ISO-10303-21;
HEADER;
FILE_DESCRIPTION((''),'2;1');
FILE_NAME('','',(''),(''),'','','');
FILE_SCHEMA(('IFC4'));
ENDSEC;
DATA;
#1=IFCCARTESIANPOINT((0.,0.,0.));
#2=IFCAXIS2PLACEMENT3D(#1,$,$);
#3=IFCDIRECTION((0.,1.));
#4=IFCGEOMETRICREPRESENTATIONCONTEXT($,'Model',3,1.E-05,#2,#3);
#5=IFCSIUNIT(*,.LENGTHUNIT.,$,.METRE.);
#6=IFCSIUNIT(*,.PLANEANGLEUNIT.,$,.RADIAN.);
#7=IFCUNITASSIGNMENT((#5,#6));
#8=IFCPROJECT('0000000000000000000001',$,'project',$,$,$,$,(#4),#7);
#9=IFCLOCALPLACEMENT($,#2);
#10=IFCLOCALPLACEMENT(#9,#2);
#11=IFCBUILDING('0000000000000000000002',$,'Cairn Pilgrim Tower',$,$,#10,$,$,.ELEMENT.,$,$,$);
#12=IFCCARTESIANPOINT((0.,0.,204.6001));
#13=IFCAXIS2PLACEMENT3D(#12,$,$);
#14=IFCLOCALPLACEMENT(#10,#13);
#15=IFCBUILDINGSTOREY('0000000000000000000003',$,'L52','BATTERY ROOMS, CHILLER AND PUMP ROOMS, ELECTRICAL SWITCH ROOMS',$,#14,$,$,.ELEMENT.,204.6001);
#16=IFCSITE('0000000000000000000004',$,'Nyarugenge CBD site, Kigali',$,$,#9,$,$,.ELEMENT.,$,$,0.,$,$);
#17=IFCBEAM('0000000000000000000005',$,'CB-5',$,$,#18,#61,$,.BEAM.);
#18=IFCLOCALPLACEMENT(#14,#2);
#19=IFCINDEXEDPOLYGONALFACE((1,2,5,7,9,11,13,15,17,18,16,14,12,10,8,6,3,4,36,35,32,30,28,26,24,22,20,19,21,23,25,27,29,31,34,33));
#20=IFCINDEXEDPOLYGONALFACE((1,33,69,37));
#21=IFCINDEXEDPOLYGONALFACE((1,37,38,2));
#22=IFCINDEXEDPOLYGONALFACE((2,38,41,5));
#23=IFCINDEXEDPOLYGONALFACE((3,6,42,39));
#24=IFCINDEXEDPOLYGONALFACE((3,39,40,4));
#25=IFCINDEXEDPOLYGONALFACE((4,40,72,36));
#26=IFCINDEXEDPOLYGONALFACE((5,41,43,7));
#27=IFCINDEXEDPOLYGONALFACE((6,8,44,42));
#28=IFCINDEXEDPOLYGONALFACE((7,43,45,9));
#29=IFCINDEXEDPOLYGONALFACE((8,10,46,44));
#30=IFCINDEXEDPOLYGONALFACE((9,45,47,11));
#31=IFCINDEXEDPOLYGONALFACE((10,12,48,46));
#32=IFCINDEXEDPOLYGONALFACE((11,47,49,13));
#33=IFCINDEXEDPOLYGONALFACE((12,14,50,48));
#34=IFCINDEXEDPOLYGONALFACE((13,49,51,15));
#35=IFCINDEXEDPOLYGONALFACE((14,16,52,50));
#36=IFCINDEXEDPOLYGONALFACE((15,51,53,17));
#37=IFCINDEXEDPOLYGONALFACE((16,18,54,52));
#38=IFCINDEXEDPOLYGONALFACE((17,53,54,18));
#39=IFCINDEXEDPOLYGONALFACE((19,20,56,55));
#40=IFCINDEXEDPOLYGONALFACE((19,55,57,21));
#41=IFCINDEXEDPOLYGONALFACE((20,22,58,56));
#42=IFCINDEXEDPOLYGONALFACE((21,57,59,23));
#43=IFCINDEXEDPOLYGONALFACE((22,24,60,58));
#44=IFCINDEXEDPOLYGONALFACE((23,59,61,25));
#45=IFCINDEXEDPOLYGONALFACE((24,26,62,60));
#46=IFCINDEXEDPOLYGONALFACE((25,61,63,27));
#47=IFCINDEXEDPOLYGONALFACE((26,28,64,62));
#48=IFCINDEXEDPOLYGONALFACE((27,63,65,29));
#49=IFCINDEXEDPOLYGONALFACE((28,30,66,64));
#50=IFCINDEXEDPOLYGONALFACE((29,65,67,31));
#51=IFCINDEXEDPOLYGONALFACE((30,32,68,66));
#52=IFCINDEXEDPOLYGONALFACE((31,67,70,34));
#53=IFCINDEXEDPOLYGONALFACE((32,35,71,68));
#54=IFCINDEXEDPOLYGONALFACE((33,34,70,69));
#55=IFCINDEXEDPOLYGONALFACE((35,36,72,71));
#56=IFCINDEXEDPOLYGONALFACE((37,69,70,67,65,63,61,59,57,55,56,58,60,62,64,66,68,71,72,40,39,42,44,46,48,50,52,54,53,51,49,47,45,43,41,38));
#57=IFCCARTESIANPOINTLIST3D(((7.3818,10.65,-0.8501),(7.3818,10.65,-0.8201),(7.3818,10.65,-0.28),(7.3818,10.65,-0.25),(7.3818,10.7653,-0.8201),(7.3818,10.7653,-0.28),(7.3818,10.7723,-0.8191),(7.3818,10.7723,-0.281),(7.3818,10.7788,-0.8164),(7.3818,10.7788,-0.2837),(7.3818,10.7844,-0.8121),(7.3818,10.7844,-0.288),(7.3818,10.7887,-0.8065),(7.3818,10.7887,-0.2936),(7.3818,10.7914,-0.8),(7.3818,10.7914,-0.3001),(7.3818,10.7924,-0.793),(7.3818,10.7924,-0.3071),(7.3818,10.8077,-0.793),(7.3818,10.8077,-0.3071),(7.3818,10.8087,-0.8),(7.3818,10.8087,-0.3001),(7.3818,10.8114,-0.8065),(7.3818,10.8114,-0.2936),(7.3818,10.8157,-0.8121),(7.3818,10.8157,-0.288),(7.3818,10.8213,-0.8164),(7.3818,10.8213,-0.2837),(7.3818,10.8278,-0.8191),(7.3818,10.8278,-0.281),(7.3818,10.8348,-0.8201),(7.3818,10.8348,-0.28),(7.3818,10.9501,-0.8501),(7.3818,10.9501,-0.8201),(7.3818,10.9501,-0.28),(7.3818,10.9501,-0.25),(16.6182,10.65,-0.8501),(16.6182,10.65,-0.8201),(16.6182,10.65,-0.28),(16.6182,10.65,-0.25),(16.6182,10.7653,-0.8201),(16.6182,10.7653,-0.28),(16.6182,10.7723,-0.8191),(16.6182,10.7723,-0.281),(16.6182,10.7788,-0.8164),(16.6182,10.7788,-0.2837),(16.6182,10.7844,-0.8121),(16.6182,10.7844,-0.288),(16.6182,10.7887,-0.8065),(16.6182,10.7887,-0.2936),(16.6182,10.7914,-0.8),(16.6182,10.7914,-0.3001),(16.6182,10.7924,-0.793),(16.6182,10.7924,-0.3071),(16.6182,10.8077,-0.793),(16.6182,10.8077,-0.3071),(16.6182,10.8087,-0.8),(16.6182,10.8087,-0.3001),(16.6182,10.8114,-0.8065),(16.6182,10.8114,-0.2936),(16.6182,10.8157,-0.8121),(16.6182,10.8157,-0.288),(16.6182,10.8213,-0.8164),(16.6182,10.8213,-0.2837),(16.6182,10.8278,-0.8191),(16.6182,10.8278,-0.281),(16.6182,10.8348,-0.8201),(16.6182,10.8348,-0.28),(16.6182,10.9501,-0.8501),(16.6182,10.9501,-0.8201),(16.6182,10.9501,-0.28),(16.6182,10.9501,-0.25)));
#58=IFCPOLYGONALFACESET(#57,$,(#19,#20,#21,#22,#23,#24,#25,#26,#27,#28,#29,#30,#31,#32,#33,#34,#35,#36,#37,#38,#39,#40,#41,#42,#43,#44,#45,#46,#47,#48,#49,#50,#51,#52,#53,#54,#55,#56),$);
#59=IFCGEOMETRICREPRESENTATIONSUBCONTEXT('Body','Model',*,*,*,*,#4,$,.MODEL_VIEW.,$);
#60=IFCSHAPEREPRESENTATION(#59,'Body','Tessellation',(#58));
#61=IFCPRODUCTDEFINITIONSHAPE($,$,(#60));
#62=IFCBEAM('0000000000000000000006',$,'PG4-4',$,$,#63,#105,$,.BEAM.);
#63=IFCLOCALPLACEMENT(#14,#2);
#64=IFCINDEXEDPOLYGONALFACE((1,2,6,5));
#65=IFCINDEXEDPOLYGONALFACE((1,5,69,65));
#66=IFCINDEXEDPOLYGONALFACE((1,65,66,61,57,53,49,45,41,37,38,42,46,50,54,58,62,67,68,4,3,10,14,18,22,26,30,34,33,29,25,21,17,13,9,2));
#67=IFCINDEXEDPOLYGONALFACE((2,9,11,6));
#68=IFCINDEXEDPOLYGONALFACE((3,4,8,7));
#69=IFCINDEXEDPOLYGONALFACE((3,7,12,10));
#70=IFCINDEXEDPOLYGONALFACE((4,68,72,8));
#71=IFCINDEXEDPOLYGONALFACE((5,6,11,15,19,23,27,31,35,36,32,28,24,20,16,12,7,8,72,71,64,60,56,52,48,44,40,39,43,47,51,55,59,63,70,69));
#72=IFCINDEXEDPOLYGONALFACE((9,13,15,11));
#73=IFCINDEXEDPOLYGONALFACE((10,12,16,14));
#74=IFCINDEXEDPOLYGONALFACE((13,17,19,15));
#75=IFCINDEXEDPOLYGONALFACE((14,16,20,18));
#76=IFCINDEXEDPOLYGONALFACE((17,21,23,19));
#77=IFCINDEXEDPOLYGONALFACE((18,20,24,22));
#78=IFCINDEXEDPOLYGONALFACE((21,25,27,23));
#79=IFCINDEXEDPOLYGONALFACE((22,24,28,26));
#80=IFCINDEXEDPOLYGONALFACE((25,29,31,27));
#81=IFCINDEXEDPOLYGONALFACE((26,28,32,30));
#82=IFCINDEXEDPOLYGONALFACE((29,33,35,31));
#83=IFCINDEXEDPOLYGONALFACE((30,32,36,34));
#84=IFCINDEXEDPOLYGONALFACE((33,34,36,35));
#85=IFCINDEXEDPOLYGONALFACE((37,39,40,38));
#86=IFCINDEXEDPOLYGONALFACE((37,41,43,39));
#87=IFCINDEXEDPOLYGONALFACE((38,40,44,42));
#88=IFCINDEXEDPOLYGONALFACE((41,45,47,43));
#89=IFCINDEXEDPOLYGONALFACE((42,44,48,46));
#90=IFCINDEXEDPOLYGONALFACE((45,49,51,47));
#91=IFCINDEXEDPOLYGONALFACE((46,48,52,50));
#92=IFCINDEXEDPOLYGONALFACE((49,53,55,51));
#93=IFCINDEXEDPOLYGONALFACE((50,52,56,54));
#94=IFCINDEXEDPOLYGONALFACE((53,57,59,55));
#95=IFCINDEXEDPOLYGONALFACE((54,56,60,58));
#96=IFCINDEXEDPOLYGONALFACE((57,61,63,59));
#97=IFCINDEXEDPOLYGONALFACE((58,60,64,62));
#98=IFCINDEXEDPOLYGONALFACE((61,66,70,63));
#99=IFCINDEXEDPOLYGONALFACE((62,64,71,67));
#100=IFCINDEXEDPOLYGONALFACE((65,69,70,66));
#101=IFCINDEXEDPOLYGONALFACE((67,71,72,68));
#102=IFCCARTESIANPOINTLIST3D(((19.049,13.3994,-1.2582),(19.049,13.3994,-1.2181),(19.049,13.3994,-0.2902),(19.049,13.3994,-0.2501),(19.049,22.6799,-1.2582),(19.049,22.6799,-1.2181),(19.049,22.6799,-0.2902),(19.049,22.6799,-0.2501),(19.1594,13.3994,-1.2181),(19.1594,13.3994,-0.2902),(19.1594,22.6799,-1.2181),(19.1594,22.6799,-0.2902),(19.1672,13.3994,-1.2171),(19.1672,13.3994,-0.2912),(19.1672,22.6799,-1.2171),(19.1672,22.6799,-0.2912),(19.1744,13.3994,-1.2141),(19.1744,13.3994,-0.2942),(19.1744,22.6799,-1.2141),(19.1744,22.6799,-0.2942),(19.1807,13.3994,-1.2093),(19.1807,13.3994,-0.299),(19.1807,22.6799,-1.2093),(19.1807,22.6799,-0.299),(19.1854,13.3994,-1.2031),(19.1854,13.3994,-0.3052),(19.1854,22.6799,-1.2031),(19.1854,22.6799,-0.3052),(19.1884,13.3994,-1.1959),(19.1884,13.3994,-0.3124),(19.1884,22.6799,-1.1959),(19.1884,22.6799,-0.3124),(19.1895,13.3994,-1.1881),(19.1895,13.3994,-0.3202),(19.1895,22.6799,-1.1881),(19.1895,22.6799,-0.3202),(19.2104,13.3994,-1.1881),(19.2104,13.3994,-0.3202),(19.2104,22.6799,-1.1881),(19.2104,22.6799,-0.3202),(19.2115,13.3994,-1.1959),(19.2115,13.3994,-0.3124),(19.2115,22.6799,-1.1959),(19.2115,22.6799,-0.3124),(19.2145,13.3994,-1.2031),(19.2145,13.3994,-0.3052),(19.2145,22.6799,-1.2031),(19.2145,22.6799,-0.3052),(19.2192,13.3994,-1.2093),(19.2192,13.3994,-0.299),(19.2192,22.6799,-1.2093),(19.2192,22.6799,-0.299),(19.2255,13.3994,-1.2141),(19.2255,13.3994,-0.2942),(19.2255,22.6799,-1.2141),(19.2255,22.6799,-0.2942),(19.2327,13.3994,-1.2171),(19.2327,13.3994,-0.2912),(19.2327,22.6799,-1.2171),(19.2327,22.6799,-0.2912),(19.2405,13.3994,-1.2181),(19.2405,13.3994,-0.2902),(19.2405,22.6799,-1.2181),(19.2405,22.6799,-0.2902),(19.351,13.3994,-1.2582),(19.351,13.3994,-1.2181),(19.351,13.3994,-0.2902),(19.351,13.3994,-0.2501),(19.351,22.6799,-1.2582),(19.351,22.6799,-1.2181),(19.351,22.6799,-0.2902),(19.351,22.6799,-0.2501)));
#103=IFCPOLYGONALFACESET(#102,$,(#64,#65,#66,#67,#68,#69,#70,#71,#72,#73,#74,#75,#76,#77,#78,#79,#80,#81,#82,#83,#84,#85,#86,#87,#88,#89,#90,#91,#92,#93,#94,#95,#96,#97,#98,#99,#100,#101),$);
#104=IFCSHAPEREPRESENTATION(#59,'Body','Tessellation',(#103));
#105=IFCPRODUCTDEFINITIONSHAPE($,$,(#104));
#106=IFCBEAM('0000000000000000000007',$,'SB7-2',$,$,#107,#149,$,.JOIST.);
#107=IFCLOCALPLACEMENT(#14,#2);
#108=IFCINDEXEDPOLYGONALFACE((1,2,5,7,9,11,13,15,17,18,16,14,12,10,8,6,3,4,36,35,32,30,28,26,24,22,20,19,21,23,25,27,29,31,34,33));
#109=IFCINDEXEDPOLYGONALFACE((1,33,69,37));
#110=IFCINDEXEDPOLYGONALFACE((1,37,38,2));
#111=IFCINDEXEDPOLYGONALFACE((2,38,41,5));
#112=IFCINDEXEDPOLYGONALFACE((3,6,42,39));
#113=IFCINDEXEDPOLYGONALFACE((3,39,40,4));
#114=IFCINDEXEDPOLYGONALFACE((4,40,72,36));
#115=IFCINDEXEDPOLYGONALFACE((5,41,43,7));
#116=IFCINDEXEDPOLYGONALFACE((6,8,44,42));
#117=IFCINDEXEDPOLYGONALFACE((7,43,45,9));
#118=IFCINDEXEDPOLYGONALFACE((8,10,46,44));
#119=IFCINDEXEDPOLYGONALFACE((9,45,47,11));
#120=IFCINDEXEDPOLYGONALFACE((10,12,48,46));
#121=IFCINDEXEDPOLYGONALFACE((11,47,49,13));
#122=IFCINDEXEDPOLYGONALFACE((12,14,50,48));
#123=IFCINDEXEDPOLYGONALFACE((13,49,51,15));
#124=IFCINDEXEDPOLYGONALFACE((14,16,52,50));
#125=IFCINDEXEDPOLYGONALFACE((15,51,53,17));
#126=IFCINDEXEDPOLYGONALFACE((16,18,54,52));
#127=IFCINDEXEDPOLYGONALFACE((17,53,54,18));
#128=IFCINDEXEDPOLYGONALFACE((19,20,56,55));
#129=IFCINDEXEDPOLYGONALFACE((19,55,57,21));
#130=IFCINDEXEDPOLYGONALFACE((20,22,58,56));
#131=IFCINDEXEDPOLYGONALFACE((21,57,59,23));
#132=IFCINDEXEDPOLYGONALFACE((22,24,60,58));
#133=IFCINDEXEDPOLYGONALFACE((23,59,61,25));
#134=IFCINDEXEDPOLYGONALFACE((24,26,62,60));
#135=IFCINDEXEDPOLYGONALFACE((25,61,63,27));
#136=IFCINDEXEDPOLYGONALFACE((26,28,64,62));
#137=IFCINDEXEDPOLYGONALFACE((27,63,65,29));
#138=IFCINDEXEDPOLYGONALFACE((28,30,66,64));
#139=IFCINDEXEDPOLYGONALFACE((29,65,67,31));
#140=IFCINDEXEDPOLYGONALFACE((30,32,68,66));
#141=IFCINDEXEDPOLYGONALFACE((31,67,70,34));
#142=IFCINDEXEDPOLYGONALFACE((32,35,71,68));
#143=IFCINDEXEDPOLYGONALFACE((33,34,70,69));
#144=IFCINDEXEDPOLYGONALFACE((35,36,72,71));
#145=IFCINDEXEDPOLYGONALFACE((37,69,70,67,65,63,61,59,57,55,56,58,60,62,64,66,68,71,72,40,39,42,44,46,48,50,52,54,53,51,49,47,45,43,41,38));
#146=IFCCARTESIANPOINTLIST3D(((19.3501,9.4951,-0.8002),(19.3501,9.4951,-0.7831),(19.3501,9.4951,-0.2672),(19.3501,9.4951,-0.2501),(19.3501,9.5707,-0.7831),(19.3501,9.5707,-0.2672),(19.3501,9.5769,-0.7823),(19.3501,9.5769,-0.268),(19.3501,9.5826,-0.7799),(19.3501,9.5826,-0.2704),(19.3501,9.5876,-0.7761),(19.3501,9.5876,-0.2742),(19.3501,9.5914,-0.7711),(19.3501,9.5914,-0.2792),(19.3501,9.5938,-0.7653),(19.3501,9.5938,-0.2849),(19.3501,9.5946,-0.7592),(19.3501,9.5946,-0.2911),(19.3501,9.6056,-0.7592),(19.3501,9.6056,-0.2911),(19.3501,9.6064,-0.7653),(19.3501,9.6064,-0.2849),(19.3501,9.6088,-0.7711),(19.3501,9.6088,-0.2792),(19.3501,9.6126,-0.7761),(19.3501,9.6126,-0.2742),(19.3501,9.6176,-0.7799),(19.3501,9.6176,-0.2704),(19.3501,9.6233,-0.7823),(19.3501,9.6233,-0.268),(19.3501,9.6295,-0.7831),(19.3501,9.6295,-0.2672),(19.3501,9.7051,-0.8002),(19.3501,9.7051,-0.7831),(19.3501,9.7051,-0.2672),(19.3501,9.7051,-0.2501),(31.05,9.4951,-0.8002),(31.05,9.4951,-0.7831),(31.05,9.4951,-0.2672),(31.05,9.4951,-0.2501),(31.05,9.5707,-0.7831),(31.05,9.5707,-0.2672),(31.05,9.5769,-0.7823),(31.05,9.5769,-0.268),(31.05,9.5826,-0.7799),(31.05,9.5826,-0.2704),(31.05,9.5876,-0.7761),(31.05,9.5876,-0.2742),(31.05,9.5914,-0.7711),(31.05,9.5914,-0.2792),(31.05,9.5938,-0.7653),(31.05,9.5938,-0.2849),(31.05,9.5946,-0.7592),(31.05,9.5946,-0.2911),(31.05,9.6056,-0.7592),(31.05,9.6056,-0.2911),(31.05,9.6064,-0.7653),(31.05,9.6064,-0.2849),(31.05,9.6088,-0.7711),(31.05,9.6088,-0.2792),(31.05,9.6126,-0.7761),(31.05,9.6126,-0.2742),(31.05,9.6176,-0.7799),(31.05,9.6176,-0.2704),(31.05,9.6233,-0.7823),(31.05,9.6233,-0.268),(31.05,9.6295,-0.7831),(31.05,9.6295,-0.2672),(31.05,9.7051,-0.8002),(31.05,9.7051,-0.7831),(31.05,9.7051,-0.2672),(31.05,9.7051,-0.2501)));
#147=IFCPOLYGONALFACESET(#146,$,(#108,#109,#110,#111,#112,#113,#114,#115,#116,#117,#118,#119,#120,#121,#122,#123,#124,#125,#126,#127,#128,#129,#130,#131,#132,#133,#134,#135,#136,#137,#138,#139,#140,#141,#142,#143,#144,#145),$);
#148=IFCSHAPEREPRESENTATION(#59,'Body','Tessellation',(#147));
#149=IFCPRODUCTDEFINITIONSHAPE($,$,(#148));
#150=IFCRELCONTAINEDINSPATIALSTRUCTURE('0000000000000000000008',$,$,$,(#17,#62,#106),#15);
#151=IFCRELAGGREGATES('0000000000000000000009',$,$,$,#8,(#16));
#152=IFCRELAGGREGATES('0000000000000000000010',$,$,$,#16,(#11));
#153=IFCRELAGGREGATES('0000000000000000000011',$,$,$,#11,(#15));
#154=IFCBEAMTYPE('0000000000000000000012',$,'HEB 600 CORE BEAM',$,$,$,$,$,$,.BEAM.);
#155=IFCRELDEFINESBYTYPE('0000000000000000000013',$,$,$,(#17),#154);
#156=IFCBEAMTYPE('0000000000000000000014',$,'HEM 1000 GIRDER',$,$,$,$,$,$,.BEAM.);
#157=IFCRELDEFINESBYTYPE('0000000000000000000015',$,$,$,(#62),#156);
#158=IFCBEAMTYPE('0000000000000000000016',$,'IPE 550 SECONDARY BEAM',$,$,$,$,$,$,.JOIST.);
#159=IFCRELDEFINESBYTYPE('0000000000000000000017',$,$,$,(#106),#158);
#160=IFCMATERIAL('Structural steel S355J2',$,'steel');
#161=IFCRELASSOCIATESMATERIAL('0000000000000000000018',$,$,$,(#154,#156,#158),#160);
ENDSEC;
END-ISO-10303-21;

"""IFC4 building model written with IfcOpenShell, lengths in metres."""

from ifc_helpers import new_model, si_unit, direction, frame, origin, origin_2d, place, context, subcontext, project, spatial, i_section, extrude, material, material_profile, profile_set, type_object, element, save


model = new_model("IFC4")

# Units and contexts
model_context = context("Model", 3, precision=1e-05, world=origin(), true_north=direction((0.0, 1.0)))
body_context = subcontext(model_context, "Body", "Model", "MODEL_VIEW")
ifc_project = project(units=[si_unit("LENGTHUNIT", "METRE"), si_unit("PLANEANGLEUNIT", "RADIAN")], contexts=[model_context])

# Site, building, storey
site_placement = place(None, origin())
site = spatial("IfcSite", under=ifc_project, at=site_placement, Name="Nyarugenge CBD site, Kigali", CompositionType="ELEMENT", RefElevation=0.0)
building_placement = place(site_placement, origin())
building = spatial("IfcBuilding", under=site, at=building_placement, Name="Cairn Pilgrim Tower", CompositionType="ELEMENT")
storey_placement = place(building_placement, frame((0.0, 0.0, 204.6001)))
storey = spatial("IfcBuildingStorey", under=building, at=storey_placement, Name="L52", Description="BATTERY ROOMS, CHILLER AND PUMP ROOMS, ELECTRICAL SWITCH ROOMS", CompositionType="ELEMENT", Elevation=204.6001)

# Shared definitions
ifc_material_1 = material(Name="Structural steel S355J2", Category="steel")

# Beams
ifc_material_profile_1 = material_profile(ifc_material_1, i_section(OverallWidth=0.3, OverallDepth=0.6001, WebThickness=0.0154, FlangeThickness=0.03, FilletRadius=0.0271, at=origin_2d()), Name="HEB 600")
ifc_profile_set_1 = profile_set([ifc_material_profile_1], Name="Structural steel S355J2")
beam_type_1 = type_object("IfcBeamType", Name="HEB 600 CORE BEAM", PredefinedType="BEAM", material=ifc_profile_set_1)
beam_1_placement = place(storey_placement, frame((16.6182, 10.8, -0.55), z_axis=(-1.0, 0.0, 0.0), x_axis=(0.0, -1.0, 0.0)))
element("IfcBeam", 1, at=beam_1_placement, inside=storey, type_object=beam_type_1, Name="CB-5", PredefinedType="BEAM", context=body_context, shape_type="SweptSolid", body=[
    extrude(i_section(OverallWidth=0.3, OverallDepth=0.6001, WebThickness=0.0154, FlangeThickness=0.03, FilletRadius=0.0271, at=origin_2d()), origin(), (0.0, 0.0, 1.0), 9.2363),
])
ifc_material_profile_2 = material_profile(ifc_material_1, i_section(OverallWidth=0.302, OverallDepth=1.0081, WebThickness=0.021, FlangeThickness=0.04, FilletRadius=0.03, at=origin_2d()), Name="HEM 1000")
ifc_profile_set_2 = profile_set([ifc_material_profile_2], Name="Structural steel S355J2")
beam_type_2 = type_object("IfcBeamType", Name="HEM 1000 GIRDER", PredefinedType="BEAM", material=ifc_profile_set_2)
beam_2_placement = place(storey_placement, frame((19.2, 13.3994, -0.7542), z_axis=(0.0, 1.0, 0.0), x_axis=(-1.0, 0.0, 0.0)))
element("IfcBeam", 2, at=beam_2_placement, inside=storey, type_object=beam_type_2, Name="PG4-4", PredefinedType="BEAM", context=body_context, shape_type="SweptSolid", body=[
    extrude(i_section(OverallWidth=0.302, OverallDepth=1.0081, WebThickness=0.021, FlangeThickness=0.04, FilletRadius=0.03, at=origin_2d()), origin(), (0.0, 0.0, 1.0), 9.2805),
])
ifc_material_profile_3 = material_profile(ifc_material_1, i_section(OverallWidth=0.21, OverallDepth=0.55, WebThickness=0.011, FlangeThickness=0.0171, FilletRadius=0.0239, at=origin_2d()), Name="IPE 550")
ifc_profile_set_3 = profile_set([ifc_material_profile_3], Name="Structural steel S355J2")
beam_type_3 = type_object("IfcBeamType", Name="IPE 550 SECONDARY BEAM", PredefinedType="JOIST", material=ifc_profile_set_3)
beam_3_placement = place(storey_placement, frame((19.3501, 9.6001, -0.5251), z_axis=(1.0, 0.0, 0.0), x_axis=(0.0, 1.0, 0.0)))
element("IfcBeam", 3, at=beam_3_placement, inside=storey, type_object=beam_type_3, Name="SB7-2", PredefinedType="JOIST", context=body_context, shape_type="SweptSolid", body=[
    extrude(i_section(OverallWidth=0.21, OverallDepth=0.55, WebThickness=0.011, FlangeThickness=0.0171, FilletRadius=0.0239, at=origin_2d()), origin(), (0.0, 0.0, 1.0), 11.7),
])

save(model, "model.ifc")
